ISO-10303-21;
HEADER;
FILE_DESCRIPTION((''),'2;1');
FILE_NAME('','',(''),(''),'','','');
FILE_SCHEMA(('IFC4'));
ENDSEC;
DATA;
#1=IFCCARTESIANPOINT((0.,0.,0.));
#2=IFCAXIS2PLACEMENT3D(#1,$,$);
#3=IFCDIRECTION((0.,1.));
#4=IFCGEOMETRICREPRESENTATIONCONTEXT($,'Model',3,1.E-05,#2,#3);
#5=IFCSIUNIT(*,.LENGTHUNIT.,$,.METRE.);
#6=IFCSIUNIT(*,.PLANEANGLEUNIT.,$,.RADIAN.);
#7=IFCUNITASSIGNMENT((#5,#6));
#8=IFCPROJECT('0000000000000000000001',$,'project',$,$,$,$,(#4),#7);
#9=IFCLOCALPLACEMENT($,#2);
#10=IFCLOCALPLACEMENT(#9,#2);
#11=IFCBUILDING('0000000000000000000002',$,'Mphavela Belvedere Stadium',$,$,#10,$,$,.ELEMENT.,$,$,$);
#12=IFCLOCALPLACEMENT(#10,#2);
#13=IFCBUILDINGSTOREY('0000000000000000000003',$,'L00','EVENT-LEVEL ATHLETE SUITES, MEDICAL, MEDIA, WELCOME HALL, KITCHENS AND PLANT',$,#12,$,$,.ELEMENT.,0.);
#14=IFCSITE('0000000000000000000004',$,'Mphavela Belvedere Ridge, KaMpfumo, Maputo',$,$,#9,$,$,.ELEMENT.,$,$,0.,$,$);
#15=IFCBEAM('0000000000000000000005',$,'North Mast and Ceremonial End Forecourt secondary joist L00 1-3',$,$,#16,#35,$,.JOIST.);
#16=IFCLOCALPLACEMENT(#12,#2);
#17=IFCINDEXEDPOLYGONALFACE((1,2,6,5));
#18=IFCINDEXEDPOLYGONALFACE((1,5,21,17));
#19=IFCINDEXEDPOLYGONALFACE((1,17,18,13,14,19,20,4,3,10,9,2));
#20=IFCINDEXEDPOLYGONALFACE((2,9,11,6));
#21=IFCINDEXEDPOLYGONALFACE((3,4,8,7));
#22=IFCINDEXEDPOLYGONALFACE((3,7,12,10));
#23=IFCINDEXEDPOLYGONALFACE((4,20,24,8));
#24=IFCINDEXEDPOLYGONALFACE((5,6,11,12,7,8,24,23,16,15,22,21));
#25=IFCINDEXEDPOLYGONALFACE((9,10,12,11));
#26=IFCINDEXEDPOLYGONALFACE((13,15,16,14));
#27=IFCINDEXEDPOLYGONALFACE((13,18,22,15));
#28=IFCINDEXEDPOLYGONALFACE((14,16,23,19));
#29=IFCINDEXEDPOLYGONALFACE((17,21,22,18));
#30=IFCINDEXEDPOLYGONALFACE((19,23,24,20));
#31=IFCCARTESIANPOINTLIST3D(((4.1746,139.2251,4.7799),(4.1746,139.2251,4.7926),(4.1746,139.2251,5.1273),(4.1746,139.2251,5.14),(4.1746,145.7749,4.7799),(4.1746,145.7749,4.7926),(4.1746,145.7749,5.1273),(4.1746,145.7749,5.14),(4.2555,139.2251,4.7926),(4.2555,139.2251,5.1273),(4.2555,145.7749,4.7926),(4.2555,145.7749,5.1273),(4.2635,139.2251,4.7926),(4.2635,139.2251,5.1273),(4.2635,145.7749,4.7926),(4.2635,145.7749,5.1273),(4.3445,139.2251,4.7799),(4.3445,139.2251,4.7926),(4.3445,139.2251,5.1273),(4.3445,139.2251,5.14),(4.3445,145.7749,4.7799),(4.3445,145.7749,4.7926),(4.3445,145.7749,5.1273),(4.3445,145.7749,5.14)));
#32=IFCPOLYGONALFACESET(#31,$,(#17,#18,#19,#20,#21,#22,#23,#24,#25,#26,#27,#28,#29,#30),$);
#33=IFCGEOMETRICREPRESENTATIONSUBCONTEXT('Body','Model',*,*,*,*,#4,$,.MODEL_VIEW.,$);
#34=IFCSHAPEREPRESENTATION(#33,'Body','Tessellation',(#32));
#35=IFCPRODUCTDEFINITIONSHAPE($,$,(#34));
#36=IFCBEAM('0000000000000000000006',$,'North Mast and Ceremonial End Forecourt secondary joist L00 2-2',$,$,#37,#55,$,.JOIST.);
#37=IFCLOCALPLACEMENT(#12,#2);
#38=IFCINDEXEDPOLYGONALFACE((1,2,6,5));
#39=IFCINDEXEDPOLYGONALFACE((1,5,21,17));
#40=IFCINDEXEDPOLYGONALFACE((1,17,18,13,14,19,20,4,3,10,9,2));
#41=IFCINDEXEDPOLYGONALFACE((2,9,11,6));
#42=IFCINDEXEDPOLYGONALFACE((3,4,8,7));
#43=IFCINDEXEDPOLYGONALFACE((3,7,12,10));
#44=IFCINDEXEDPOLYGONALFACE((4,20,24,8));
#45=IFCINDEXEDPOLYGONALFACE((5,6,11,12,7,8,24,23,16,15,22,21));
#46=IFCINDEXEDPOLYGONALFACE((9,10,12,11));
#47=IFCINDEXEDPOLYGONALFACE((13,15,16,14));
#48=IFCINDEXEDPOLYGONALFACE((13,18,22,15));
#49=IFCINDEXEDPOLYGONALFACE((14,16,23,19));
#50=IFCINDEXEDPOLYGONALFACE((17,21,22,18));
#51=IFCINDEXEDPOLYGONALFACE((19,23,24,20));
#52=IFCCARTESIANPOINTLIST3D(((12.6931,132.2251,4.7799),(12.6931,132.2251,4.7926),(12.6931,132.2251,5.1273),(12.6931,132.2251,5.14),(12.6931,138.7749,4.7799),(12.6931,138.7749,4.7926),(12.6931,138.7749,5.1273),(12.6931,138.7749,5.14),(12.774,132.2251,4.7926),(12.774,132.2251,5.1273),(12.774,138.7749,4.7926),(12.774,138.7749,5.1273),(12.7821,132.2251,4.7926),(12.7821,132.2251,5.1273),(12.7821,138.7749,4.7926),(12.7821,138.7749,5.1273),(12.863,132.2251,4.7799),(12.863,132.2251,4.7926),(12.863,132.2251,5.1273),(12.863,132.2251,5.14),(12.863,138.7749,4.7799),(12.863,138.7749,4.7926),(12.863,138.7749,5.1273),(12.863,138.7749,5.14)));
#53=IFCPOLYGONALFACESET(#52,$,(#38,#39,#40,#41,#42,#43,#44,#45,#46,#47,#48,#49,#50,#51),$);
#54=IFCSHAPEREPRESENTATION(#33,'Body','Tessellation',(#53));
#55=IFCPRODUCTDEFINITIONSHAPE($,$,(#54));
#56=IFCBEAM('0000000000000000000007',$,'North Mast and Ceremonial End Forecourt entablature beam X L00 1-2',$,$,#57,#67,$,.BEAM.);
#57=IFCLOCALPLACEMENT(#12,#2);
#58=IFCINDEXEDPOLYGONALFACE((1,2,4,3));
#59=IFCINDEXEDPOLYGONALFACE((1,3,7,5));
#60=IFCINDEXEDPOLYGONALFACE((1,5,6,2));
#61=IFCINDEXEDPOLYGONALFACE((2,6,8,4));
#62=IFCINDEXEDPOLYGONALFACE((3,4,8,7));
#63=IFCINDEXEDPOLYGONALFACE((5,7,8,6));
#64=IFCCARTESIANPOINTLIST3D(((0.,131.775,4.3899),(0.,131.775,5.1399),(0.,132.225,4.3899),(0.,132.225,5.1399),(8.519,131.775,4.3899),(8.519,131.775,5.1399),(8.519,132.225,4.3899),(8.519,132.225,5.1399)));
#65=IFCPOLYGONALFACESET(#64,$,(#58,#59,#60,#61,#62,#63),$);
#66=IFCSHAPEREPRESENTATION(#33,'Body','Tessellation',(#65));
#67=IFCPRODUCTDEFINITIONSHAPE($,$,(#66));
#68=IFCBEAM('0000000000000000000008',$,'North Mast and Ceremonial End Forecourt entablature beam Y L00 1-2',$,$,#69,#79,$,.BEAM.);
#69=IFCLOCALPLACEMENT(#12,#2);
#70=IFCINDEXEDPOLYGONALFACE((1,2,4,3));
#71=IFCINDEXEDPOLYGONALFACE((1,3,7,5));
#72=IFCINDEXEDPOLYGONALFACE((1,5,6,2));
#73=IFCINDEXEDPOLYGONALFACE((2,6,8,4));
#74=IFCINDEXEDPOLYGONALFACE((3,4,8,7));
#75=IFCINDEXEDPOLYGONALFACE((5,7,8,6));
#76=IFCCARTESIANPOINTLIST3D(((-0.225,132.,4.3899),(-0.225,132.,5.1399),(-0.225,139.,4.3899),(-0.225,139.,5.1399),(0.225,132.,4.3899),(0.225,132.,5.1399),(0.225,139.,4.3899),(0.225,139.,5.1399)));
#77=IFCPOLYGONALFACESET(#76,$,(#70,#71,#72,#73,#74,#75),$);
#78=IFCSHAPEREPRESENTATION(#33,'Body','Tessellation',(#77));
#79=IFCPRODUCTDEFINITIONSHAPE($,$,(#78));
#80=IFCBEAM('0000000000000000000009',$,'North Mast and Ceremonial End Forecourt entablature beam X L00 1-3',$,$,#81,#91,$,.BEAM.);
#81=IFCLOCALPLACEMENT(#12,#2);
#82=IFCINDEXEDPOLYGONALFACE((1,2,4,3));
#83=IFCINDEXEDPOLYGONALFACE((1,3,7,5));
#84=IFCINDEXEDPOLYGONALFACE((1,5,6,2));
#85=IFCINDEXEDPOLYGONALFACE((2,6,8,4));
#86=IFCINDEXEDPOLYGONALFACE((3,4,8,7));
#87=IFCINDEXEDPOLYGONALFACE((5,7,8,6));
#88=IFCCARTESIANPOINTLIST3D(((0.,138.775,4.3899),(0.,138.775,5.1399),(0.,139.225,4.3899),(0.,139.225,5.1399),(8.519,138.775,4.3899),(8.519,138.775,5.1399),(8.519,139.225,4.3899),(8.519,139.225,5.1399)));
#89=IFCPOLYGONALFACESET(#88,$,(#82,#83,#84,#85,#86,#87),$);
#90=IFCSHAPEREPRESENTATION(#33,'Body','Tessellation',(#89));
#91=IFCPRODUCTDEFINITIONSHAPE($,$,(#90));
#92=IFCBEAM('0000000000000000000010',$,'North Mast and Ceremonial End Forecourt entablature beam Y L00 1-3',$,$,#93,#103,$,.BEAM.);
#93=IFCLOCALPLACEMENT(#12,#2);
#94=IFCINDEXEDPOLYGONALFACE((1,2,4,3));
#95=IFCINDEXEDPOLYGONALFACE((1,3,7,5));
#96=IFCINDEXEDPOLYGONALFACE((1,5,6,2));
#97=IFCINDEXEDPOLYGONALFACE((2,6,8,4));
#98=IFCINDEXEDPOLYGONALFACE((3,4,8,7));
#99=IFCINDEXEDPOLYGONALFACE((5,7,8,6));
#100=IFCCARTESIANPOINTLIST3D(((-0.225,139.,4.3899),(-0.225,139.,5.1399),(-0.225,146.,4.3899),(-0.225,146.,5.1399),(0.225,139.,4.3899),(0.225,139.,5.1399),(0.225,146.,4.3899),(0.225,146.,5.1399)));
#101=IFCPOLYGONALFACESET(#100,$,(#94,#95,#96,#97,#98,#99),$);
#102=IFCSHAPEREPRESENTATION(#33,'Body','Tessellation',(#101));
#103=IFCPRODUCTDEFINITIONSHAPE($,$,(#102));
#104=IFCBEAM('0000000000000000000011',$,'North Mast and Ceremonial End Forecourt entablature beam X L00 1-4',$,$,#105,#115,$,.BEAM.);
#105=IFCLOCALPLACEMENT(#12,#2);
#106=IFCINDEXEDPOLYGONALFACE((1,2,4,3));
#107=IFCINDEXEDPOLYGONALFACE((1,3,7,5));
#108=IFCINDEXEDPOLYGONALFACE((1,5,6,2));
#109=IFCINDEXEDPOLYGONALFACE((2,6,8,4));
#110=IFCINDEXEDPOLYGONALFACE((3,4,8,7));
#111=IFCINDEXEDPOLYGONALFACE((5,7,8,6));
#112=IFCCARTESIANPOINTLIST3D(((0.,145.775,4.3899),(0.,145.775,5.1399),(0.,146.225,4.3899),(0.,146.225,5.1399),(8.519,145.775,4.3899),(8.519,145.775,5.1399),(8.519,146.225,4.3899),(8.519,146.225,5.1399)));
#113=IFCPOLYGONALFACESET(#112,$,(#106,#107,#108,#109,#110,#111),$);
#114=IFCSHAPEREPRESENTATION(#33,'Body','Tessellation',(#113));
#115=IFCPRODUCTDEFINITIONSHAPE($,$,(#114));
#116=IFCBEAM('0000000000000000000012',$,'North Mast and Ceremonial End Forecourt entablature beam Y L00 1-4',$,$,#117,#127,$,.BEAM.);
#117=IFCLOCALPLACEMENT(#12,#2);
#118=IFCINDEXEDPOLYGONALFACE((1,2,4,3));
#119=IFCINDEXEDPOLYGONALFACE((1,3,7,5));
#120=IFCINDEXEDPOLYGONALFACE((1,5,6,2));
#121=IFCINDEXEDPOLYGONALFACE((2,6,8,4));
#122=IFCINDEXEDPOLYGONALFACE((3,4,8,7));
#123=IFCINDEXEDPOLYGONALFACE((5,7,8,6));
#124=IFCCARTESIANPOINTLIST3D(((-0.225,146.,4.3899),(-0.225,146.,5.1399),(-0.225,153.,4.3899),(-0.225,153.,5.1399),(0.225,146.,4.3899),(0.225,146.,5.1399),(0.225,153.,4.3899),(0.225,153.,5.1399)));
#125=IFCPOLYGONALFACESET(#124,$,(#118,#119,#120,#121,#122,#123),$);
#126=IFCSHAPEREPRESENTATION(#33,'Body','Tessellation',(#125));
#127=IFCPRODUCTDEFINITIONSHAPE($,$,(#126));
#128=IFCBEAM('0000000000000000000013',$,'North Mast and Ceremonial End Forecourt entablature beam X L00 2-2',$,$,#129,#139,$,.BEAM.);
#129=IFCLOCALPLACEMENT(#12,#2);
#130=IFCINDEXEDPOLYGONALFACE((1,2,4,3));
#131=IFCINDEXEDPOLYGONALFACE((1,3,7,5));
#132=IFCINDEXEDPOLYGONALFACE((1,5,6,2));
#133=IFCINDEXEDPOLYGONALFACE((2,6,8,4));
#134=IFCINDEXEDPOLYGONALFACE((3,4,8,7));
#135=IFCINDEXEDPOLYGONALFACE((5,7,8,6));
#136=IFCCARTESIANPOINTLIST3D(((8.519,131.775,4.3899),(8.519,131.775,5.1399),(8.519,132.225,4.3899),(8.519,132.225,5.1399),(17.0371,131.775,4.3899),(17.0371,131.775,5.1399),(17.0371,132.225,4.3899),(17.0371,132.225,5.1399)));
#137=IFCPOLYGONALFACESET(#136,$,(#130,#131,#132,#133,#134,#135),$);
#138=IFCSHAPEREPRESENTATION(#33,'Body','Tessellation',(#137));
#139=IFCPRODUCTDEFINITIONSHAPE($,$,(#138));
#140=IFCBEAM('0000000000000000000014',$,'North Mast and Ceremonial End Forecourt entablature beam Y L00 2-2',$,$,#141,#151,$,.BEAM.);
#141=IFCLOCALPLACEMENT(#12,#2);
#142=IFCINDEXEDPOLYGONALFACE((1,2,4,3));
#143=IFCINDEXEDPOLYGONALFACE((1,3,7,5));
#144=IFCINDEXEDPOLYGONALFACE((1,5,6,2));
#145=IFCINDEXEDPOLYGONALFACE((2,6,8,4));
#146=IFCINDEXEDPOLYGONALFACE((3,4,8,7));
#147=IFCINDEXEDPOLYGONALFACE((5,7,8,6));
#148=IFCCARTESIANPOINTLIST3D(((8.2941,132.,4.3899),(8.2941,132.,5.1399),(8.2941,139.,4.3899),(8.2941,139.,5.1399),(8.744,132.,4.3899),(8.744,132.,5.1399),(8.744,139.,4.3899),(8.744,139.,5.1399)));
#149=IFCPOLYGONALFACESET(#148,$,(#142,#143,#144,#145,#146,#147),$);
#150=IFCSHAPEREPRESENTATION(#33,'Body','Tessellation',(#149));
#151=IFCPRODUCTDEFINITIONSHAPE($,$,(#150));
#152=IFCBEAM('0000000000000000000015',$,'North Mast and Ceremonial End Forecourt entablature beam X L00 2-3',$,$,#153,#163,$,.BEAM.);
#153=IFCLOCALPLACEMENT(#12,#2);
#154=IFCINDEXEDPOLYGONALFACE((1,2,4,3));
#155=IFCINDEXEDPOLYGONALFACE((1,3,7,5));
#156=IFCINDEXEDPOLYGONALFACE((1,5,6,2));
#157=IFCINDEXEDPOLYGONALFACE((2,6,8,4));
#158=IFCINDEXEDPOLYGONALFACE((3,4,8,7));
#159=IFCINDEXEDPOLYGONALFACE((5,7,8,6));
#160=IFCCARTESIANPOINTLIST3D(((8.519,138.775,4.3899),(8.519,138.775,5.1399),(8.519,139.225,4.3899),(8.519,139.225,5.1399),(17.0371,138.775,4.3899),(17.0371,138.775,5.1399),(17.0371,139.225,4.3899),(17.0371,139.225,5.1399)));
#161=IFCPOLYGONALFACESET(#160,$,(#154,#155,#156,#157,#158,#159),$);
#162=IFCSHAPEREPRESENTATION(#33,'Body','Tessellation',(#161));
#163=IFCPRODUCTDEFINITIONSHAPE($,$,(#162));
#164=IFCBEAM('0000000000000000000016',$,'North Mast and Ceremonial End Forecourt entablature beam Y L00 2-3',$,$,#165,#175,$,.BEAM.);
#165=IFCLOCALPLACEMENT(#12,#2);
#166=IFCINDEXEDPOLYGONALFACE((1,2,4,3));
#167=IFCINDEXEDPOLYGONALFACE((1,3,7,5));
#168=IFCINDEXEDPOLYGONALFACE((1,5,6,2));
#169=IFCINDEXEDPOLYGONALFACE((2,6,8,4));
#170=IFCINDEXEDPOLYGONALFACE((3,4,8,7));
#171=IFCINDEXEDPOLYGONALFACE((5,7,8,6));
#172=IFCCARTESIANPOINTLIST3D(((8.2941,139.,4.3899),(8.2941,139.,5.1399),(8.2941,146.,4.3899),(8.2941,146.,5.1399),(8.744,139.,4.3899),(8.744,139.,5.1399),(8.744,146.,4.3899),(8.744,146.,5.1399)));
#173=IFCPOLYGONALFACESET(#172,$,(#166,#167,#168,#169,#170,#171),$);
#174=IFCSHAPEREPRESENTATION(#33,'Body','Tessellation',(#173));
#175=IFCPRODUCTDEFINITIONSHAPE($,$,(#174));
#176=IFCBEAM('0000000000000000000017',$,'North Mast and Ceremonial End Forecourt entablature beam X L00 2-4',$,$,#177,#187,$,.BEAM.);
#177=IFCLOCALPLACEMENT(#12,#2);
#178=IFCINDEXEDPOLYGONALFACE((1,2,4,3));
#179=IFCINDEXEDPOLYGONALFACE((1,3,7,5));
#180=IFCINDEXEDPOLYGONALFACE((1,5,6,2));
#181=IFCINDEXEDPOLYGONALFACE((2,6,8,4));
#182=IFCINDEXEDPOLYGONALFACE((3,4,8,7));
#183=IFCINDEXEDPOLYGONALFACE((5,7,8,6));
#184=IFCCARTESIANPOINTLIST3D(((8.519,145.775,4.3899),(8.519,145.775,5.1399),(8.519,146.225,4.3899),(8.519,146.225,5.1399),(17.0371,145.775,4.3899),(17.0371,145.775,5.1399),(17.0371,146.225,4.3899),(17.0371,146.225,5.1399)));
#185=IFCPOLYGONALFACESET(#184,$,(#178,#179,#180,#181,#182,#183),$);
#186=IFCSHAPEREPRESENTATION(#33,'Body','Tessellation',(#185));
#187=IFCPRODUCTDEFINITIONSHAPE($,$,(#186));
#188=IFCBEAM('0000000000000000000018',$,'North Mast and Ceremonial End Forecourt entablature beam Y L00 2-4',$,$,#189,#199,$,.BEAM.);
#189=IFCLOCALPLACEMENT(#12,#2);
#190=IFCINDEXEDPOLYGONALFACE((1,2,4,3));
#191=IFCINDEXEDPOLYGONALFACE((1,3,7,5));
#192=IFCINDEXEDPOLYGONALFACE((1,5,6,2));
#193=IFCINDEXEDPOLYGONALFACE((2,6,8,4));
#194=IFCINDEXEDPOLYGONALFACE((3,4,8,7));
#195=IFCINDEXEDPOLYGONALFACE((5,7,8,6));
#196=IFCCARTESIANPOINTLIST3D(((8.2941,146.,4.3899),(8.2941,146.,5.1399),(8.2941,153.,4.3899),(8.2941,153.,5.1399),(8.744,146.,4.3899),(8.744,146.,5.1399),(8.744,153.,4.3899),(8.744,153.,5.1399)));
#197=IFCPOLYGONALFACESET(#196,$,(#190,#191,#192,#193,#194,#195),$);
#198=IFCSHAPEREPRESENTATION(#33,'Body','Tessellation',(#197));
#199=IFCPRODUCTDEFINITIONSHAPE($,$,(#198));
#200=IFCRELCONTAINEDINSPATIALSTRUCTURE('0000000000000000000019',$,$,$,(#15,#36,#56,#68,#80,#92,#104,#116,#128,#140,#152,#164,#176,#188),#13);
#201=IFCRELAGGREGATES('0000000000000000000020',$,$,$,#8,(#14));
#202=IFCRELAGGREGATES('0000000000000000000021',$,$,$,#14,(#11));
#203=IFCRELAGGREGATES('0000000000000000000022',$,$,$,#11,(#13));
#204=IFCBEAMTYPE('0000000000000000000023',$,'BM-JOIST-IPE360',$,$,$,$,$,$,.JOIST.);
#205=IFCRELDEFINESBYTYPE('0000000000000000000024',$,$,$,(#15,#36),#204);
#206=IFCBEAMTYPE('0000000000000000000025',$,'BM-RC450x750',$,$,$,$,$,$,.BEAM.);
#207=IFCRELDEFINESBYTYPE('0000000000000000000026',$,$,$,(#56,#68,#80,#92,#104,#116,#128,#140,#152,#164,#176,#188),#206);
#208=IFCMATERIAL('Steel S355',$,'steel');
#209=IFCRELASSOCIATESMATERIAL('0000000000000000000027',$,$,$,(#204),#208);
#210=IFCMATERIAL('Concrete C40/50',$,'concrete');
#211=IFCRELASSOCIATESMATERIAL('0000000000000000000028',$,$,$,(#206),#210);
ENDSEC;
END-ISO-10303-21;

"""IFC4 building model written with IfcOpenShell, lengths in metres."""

from ifc_helpers import new_model, si_unit, direction, frame, origin, origin_2d, place, context, subcontext, project, spatial, rectangle, i_section, extrude, material, material_profile, profile_set, type_object, element, save


model = new_model("IFC4")

# Units and contexts
model_context = context("Model", 3, precision=1e-05, world=origin(), true_north=direction((0.0, 1.0)))
body_context = subcontext(model_context, "Body", "Model", "MODEL_VIEW")
ifc_project = project(units=[si_unit("LENGTHUNIT", "METRE"), si_unit("PLANEANGLEUNIT", "RADIAN")], contexts=[model_context])

# Site, building, storey
site_placement = place(None, origin())
site = spatial("IfcSite", under=ifc_project, at=site_placement, Name="Mphavela Belvedere Ridge, KaMpfumo, Maputo", CompositionType="ELEMENT", RefElevation=0.0)
building_placement = place(site_placement, origin())
building = spatial("IfcBuilding", under=site, at=building_placement, Name="Mphavela Belvedere Stadium", CompositionType="ELEMENT")
storey_placement = place(building_placement, origin())
storey = spatial("IfcBuildingStorey", under=building, at=storey_placement, Name="L00", Description="EVENT-LEVEL ATHLETE SUITES, MEDICAL, MEDIA, WELCOME HALL, KITCHENS AND PLANT", CompositionType="ELEMENT", Elevation=0.0)

# Beams
ifc_material_1 = material(Name="Steel S355", Category="steel")
ifc_material_profile_1 = material_profile(ifc_material_1, i_section(OverallWidth=0.1699, OverallDepth=0.3601, WebThickness=0.0081, FlangeThickness=0.0127, at=origin_2d()), Name="IPE 360")
ifc_profile_set_1 = profile_set([ifc_material_profile_1], Name="Steel S355")
beam_type_1 = type_object("IfcBeamType", Name="BM-JOIST-IPE360", PredefinedType="JOIST", material=ifc_profile_set_1)
for number, where, z_axis, x_axis, name in (
    (1, (4.2595, 139.2251, 4.96), (0.0, 1.0, 0.0), (-1.0, 0.0, 0.0), "North Mast and Ceremonial End Forecourt secondary joist L00 1-3"),
    (2, (12.7781, 132.2251, 4.96), (0.0, 1.0, 0.0), (-1.0, 0.0, 0.0), "North Mast and Ceremonial End Forecourt secondary joist L00 2-2"),
):
    element("IfcBeam", number, at=place(storey_placement, frame(where, z_axis=z_axis, x_axis=x_axis)), inside=storey, type_object=beam_type_1, Name=name, PredefinedType="JOIST", context=body_context, shape_type="SweptSolid", body=[
        extrude(i_section(OverallWidth=0.1699, OverallDepth=0.3601, WebThickness=0.0081, FlangeThickness=0.0127, at=origin_2d()), origin(), (0.0, 0.0, 1.0), 6.5498),
    ])
ifc_material_2 = material(Name="Concrete C40/50", Category="concrete")
ifc_material_profile_2 = material_profile(ifc_material_2, rectangle(XDim=0.45, YDim=0.75, at=origin_2d()), Name="RC 450x750")
ifc_profile_set_2 = profile_set([ifc_material_profile_2], Name="Concrete C40/50")
beam_type_2 = type_object("IfcBeamType", Name="BM-RC450x750", PredefinedType="BEAM", material=ifc_profile_set_2)
beam_1_placement = place(storey_placement, frame((0.0, 132.0, 4.7649), z_axis=(1.0, 0.0, 0.0), x_axis=(0.0, 1.0, 0.0)))
element("IfcBeam", 3, at=beam_1_placement, inside=storey, type_object=beam_type_2, Name="North Mast and Ceremonial End Forecourt entablature beam X L00 1-2", PredefinedType="BEAM", context=body_context, shape_type="SweptSolid", body=[
    extrude(rectangle(XDim=0.45, YDim=0.75, at=origin_2d()), origin(), (0.0, 0.0, 1.0), 8.519),
])
beam_2_placement = place(storey_placement, frame((0.0, 132.0, 4.7649), z_axis=(0.0, 1.0, 0.0), x_axis=(-1.0, 0.0, 0.0)))
element("IfcBeam", 4, at=beam_2_placement, inside=storey, type_object=beam_type_2, Name="North Mast and Ceremonial End Forecourt entablature beam Y L00 1-2", PredefinedType="BEAM", context=body_context, shape_type="SweptSolid", body=[
    extrude(rectangle(XDim=0.45, YDim=0.75, at=origin_2d()), origin(), (0.0, 0.0, 1.0), 7.0),
])
beam_3_placement = place(storey_placement, frame((0.0, 139.0, 4.7649), z_axis=(1.0, 0.0, 0.0), x_axis=(0.0, 1.0, 0.0)))
element("IfcBeam", 5, at=beam_3_placement, inside=storey, type_object=beam_type_2, Name="North Mast and Ceremonial End Forecourt entablature beam X L00 1-3", PredefinedType="BEAM", context=body_context, shape_type="SweptSolid", body=[
    extrude(rectangle(XDim=0.45, YDim=0.75, at=origin_2d()), origin(), (0.0, 0.0, 1.0), 8.519),
])
beam_4_placement = place(storey_placement, frame((0.0, 139.0, 4.7649), z_axis=(0.0, 1.0, 0.0), x_axis=(-1.0, 0.0, 0.0)))
element("IfcBeam", 6, at=beam_4_placement, inside=storey, type_object=beam_type_2, Name="North Mast and Ceremonial End Forecourt entablature beam Y L00 1-3", PredefinedType="BEAM", context=body_context, shape_type="SweptSolid", body=[
    extrude(rectangle(XDim=0.45, YDim=0.75, at=origin_2d()), origin(), (0.0, 0.0, 1.0), 7.0),
])
beam_5_placement = place(storey_placement, frame((0.0, 146.0, 4.7649), z_axis=(1.0, 0.0, 0.0), x_axis=(0.0, 1.0, 0.0)))
element("IfcBeam", 7, at=beam_5_placement, inside=storey, type_object=beam_type_2, Name="North Mast and Ceremonial End Forecourt entablature beam X L00 1-4", PredefinedType="BEAM", context=body_context, shape_type="SweptSolid", body=[
    extrude(rectangle(XDim=0.45, YDim=0.75, at=origin_2d()), origin(), (0.0, 0.0, 1.0), 8.519),
])
beam_6_placement = place(storey_placement, frame((0.0, 146.0, 4.7649), z_axis=(0.0, 1.0, 0.0), x_axis=(-1.0, 0.0, 0.0)))
element("IfcBeam", 8, at=beam_6_placement, inside=storey, type_object=beam_type_2, Name="North Mast and Ceremonial End Forecourt entablature beam Y L00 1-4", PredefinedType="BEAM", context=body_context, shape_type="SweptSolid", body=[
    extrude(rectangle(XDim=0.45, YDim=0.75, at=origin_2d()), origin(), (0.0, 0.0, 1.0), 7.0),
])
beam_7_placement = place(storey_placement, frame((8.519, 132.0, 4.7649), z_axis=(1.0, 0.0, 0.0), x_axis=(0.0, 1.0, 0.0)))
element("IfcBeam", 9, at=beam_7_placement, inside=storey, type_object=beam_type_2, Name="North Mast and Ceremonial End Forecourt entablature beam X L00 2-2", PredefinedType="BEAM", context=body_context, shape_type="SweptSolid", body=[
    extrude(rectangle(XDim=0.45, YDim=0.75, at=origin_2d()), origin(), (0.0, 0.0, 1.0), 8.5181),
])
beam_8_placement = place(storey_placement, frame((8.519, 132.0, 4.7649), z_axis=(0.0, 1.0, 0.0), x_axis=(-1.0, 0.0, 0.0)))
element("IfcBeam", 10, at=beam_8_placement, inside=storey, type_object=beam_type_2, Name="North Mast and Ceremonial End Forecourt entablature beam Y L00 2-2", PredefinedType="BEAM", context=body_context, shape_type="SweptSolid", body=[
    extrude(rectangle(XDim=0.45, YDim=0.75, at=origin_2d()), origin(), (0.0, 0.0, 1.0), 7.0),
])
beam_9_placement = place(storey_placement, frame((8.519, 139.0, 4.7649), z_axis=(1.0, 0.0, 0.0), x_axis=(0.0, 1.0, 0.0)))
element("IfcBeam", 11, at=beam_9_placement, inside=storey, type_object=beam_type_2, Name="North Mast and Ceremonial End Forecourt entablature beam X L00 2-3", PredefinedType="BEAM", context=body_context, shape_type="SweptSolid", body=[
    extrude(rectangle(XDim=0.45, YDim=0.75, at=origin_2d()), origin(), (0.0, 0.0, 1.0), 8.5181),
])
beam_10_placement = place(storey_placement, frame((8.519, 139.0, 4.7649), z_axis=(0.0, 1.0, 0.0), x_axis=(-1.0, 0.0, 0.0)))
element("IfcBeam", 12, at=beam_10_placement, inside=storey, type_object=beam_type_2, Name="North Mast and Ceremonial End Forecourt entablature beam Y L00 2-3", PredefinedType="BEAM", context=body_context, shape_type="SweptSolid", body=[
    extrude(rectangle(XDim=0.45, YDim=0.75, at=origin_2d()), origin(), (0.0, 0.0, 1.0), 7.0),
])
beam_11_placement = place(storey_placement, frame((8.519, 146.0, 4.7649), z_axis=(1.0, 0.0, 0.0), x_axis=(0.0, 1.0, 0.0)))
element("IfcBeam", 13, at=beam_11_placement, inside=storey, type_object=beam_type_2, Name="North Mast and Ceremonial End Forecourt entablature beam X L00 2-4", PredefinedType="BEAM", context=body_context, shape_type="SweptSolid", body=[
    extrude(rectangle(XDim=0.45, YDim=0.75, at=origin_2d()), origin(), (0.0, 0.0, 1.0), 8.5181),
])
beam_12_placement = place(storey_placement, frame((8.519, 146.0, 4.7649), z_axis=(0.0, 1.0, 0.0), x_axis=(-1.0, 0.0, 0.0)))
element("IfcBeam", 14, at=beam_12_placement, inside=storey, type_object=beam_type_2, Name="North Mast and Ceremonial End Forecourt entablature beam Y L00 2-4", PredefinedType="BEAM", context=body_context, shape_type="SweptSolid", body=[
    extrude(rectangle(XDim=0.45, YDim=0.75, at=origin_2d()), origin(), (0.0, 0.0, 1.0), 7.0),
])

save(model, "model.ifc")
